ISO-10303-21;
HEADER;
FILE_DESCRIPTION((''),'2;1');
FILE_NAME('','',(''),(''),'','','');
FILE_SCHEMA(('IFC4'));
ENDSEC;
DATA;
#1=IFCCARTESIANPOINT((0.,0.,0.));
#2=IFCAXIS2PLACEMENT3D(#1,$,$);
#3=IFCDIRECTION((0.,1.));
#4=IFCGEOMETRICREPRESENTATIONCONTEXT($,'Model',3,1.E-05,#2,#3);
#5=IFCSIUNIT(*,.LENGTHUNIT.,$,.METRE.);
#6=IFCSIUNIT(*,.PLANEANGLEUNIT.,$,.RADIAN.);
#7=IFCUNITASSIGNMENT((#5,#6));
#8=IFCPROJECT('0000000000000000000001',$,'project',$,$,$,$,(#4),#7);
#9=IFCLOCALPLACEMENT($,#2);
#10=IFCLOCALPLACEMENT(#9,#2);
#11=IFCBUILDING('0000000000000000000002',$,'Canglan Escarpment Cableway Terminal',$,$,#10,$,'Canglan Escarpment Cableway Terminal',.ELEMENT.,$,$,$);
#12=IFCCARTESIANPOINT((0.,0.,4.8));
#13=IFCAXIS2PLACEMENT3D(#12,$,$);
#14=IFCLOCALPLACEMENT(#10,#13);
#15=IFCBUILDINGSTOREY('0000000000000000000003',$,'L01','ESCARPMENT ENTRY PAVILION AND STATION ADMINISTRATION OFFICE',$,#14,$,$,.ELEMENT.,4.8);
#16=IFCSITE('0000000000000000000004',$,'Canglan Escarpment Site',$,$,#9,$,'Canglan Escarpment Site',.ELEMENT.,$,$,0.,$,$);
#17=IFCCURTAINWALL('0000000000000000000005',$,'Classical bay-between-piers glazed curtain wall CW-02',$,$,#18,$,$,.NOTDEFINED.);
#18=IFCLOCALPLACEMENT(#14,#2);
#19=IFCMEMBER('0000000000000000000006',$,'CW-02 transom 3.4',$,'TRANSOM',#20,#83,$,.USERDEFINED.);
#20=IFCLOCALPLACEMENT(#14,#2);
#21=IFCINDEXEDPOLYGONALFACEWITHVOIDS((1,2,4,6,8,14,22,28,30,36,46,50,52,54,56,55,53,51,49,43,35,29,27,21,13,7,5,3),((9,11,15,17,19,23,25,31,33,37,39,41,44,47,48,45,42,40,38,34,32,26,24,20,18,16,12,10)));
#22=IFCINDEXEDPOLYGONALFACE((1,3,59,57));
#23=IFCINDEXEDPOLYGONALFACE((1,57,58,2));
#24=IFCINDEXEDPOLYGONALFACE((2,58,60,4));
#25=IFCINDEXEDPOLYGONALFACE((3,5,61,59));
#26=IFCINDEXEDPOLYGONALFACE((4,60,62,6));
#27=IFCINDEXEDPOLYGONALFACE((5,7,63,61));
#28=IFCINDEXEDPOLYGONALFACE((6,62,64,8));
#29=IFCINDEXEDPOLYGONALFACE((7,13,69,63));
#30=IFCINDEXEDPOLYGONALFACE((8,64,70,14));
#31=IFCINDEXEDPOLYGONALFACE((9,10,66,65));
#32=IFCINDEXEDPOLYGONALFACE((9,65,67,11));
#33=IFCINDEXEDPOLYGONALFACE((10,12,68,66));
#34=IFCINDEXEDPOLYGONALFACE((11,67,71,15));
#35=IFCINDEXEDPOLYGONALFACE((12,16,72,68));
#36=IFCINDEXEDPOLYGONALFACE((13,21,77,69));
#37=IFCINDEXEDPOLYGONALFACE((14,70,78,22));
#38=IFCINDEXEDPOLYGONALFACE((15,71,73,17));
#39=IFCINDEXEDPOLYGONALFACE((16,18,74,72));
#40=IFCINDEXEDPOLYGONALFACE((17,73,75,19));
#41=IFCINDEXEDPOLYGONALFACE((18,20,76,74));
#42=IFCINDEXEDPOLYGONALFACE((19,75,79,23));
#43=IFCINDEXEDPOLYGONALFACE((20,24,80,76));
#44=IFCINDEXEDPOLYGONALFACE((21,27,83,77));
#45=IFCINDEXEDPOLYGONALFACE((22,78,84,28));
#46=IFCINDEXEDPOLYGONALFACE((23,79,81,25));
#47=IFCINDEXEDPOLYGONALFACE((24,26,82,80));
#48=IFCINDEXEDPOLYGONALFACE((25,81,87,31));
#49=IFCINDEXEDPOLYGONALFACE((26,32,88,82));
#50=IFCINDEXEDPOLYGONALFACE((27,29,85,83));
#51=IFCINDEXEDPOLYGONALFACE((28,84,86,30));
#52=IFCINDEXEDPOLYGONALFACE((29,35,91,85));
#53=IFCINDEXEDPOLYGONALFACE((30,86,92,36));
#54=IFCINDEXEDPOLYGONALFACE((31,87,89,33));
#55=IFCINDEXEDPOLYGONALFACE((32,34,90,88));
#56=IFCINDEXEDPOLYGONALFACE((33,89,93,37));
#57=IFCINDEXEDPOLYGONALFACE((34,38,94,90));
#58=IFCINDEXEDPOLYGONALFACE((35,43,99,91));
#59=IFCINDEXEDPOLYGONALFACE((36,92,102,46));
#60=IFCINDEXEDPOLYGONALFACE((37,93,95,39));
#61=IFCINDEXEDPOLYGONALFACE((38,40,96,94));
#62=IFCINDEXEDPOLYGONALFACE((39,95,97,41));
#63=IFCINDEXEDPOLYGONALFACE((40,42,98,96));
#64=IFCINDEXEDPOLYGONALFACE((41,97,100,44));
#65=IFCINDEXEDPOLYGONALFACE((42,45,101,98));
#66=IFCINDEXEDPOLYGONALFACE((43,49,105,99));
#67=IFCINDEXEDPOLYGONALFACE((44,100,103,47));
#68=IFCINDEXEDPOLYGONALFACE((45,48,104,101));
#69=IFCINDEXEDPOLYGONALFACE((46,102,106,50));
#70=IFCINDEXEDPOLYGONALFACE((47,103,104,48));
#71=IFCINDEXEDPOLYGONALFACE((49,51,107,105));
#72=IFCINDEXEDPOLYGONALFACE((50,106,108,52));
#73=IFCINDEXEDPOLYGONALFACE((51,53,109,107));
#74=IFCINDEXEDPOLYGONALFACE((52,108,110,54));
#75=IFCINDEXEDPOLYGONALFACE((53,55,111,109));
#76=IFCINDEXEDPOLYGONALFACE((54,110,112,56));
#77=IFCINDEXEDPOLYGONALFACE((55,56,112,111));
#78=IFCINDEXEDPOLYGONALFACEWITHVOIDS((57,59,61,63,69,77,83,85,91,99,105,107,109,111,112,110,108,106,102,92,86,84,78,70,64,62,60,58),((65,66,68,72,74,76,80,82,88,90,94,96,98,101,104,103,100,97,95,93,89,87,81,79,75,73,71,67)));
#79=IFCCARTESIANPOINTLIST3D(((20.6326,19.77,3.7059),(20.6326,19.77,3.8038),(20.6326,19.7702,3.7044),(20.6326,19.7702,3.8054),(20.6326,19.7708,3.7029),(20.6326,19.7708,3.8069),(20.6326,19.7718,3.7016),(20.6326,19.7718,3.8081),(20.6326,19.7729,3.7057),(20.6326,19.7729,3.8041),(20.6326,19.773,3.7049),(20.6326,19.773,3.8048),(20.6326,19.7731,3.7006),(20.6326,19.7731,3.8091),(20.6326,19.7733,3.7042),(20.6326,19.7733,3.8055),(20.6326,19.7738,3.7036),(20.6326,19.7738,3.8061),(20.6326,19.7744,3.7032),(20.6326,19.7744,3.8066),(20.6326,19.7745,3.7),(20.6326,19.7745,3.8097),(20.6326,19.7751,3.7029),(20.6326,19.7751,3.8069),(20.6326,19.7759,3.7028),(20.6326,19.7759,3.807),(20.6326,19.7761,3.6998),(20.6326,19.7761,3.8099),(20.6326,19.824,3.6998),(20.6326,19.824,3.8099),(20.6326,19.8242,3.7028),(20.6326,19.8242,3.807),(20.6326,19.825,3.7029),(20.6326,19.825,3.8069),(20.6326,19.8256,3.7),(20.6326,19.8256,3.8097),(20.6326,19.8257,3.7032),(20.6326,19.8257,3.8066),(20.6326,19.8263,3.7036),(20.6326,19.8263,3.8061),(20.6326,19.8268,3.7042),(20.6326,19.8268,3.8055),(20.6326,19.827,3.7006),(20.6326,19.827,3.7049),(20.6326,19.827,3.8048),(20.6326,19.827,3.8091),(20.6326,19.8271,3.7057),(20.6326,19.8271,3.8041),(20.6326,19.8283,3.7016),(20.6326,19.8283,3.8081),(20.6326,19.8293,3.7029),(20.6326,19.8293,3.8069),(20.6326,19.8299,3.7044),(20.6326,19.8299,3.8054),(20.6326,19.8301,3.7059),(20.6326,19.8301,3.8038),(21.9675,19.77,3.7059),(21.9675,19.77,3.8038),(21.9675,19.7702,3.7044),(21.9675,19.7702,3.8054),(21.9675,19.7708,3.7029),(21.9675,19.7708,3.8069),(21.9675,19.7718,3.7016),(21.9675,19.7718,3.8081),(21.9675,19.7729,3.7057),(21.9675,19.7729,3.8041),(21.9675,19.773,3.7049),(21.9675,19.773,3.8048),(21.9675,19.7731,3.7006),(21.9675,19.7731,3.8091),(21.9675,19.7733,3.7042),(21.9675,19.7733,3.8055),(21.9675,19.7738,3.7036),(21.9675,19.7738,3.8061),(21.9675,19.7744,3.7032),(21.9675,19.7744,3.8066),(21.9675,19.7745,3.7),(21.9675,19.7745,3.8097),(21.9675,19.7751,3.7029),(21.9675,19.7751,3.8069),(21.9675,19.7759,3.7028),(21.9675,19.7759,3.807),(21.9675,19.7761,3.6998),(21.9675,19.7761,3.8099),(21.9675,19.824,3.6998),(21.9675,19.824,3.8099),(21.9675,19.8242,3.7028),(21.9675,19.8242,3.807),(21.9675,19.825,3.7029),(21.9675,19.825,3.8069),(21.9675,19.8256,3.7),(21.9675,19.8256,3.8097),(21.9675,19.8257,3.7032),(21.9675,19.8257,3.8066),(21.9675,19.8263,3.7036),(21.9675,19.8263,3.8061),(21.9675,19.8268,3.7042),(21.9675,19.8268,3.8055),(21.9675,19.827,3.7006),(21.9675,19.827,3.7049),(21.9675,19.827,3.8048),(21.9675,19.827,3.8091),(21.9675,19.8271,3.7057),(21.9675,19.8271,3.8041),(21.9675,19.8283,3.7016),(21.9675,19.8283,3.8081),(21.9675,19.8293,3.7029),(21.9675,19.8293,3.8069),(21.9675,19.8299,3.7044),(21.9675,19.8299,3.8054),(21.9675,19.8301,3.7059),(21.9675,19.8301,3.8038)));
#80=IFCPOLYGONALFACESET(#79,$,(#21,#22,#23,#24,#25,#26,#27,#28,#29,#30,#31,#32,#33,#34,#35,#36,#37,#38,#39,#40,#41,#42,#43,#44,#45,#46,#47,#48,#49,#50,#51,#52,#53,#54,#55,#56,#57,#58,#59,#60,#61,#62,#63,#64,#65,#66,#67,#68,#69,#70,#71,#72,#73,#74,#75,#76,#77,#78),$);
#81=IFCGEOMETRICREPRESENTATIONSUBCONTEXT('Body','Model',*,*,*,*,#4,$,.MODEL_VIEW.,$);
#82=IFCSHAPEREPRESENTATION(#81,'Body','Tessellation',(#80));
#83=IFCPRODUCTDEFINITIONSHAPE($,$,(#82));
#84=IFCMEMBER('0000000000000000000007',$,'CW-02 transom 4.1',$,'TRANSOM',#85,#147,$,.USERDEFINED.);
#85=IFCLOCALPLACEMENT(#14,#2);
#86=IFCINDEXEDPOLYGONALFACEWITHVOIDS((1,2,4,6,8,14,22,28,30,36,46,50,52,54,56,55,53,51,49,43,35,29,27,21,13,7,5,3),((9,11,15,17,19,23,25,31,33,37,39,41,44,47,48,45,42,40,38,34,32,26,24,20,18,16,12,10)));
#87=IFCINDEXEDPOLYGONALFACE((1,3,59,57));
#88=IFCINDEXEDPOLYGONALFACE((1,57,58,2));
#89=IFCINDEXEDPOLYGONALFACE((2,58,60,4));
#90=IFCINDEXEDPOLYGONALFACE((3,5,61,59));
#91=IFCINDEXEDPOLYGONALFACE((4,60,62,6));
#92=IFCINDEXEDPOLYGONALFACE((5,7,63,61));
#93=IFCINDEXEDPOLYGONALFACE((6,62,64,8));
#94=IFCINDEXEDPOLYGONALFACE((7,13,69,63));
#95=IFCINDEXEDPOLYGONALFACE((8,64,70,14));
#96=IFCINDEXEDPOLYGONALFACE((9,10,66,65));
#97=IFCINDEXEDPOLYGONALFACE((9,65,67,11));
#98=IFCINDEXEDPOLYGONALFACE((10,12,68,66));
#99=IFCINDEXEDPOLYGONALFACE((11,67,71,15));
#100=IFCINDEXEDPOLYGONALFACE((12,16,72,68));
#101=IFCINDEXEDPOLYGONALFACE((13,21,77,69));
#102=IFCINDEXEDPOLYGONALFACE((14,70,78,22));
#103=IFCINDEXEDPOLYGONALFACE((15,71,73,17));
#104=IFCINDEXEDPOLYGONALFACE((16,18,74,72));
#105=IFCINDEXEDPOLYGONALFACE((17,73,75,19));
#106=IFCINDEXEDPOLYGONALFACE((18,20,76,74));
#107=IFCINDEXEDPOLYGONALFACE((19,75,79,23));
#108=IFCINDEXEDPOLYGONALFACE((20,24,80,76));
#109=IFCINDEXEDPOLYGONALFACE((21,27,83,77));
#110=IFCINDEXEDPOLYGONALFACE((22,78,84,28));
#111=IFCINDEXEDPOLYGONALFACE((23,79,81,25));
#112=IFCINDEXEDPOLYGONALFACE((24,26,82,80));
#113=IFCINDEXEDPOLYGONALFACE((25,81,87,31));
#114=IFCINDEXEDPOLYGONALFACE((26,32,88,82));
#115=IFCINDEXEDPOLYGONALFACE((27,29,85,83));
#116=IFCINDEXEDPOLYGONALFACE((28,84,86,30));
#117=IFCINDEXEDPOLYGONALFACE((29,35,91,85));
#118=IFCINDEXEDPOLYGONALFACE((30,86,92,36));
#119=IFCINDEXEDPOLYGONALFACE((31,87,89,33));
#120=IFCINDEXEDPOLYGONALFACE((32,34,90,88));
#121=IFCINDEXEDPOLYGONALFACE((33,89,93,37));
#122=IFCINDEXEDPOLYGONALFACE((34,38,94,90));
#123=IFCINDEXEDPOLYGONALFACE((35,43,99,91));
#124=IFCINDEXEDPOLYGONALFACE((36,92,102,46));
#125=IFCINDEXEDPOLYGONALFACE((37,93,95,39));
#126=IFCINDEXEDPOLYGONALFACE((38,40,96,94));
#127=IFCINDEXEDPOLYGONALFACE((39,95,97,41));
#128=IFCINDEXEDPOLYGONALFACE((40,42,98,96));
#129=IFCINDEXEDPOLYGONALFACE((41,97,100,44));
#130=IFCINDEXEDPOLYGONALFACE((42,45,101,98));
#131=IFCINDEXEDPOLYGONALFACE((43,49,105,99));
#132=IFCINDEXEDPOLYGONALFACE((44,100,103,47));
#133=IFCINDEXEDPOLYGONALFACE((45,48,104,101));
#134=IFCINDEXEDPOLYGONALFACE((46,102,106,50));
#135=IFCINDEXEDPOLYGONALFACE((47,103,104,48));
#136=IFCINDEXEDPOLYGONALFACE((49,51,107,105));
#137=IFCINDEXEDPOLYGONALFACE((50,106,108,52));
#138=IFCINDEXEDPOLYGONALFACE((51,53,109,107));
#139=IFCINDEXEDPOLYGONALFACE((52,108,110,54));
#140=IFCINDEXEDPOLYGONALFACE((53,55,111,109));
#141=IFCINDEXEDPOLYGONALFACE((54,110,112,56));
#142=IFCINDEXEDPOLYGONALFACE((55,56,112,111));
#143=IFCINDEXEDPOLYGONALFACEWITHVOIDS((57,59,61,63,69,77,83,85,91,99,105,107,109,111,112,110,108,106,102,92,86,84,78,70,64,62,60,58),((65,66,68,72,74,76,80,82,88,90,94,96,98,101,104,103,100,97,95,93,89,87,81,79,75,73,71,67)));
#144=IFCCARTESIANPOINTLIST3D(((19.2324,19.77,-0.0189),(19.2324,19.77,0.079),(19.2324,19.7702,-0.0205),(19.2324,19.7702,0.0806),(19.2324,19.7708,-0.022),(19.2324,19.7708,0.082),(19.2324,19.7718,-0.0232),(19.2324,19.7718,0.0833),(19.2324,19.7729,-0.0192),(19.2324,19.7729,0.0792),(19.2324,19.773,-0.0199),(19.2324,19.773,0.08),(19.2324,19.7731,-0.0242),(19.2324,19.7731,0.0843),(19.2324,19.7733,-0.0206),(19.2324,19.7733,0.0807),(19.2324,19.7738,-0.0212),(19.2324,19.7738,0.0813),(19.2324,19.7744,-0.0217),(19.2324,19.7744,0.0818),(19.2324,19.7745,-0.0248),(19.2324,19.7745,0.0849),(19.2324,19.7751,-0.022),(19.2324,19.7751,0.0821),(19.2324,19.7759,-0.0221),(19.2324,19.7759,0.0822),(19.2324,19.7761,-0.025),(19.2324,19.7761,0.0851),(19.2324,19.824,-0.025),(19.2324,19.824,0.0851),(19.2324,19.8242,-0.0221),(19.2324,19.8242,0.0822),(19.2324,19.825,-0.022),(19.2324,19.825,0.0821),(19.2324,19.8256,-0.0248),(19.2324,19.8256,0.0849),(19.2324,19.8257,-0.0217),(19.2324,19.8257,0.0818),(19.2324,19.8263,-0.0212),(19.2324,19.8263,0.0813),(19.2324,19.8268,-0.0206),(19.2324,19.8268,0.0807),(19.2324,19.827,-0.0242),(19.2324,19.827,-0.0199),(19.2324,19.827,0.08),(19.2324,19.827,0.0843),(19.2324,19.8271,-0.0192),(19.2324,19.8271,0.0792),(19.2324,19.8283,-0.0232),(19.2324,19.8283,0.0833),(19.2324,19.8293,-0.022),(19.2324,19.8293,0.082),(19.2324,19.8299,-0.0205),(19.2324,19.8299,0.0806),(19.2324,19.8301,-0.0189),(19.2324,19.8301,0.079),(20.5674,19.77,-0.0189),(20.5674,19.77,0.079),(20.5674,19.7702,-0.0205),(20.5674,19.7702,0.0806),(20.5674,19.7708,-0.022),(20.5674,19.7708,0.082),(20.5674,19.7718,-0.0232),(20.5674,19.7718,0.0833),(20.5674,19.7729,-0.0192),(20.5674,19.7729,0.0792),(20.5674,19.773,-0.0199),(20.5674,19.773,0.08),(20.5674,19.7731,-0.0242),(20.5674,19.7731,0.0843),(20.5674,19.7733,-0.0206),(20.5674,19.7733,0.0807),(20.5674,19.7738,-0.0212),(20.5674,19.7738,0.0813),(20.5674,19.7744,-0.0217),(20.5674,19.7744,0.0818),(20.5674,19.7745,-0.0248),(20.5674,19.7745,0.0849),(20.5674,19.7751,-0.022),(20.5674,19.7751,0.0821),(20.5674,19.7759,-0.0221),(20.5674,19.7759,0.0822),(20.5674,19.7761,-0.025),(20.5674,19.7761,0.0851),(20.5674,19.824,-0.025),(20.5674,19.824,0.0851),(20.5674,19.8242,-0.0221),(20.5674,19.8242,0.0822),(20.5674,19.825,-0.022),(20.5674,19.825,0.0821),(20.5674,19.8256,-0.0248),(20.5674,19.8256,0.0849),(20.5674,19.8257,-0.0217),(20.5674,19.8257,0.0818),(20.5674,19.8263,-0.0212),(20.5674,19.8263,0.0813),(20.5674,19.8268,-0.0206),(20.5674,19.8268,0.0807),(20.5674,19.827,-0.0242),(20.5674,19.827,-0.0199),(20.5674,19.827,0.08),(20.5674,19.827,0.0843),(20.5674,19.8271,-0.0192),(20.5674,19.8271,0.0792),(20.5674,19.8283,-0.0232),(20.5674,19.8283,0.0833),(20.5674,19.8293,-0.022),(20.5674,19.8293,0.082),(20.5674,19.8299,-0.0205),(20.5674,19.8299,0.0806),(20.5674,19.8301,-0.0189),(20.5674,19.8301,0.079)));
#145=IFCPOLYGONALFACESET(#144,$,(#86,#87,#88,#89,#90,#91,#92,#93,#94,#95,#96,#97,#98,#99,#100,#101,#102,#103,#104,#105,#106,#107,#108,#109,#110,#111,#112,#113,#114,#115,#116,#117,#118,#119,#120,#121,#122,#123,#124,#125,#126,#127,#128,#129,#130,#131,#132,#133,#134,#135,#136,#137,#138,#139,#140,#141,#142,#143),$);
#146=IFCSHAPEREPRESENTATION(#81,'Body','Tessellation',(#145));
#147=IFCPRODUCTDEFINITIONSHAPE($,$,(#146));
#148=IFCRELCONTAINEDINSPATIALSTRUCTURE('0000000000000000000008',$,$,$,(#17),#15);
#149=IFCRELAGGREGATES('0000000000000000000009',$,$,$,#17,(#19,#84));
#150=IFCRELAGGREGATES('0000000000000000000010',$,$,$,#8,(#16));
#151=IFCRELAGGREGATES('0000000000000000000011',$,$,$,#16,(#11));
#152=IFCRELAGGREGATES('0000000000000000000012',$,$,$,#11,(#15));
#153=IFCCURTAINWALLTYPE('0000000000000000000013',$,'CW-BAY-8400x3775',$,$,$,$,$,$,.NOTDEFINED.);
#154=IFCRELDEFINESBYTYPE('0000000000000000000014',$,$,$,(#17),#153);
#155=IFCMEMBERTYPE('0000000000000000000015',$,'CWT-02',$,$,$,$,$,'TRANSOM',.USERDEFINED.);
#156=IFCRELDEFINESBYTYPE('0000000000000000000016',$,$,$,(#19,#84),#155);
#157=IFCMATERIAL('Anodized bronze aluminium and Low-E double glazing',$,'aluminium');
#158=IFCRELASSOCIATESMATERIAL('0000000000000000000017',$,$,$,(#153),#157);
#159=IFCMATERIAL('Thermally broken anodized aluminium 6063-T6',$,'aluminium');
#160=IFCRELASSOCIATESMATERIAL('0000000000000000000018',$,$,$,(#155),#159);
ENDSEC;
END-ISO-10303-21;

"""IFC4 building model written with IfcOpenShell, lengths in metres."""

from ifc_helpers import new_model, si_unit, direction, frame, origin, origin_2d, place, context, subcontext, project, spatial, hollow_rectangle, extrude, material, material_profile, profile_set, type_object, element, aggregate, save


model = new_model("IFC4")

# Units and contexts
model_context = context("Model", 3, precision=1e-05, world=origin(), true_north=direction((0.0, 1.0)))
body_context = subcontext(model_context, "Body", "Model", "MODEL_VIEW")
ifc_project = project(units=[si_unit("LENGTHUNIT", "METRE"), si_unit("PLANEANGLEUNIT", "RADIAN")], contexts=[model_context])

# Site, building, storey
site_placement = place(None, origin())
site = spatial("IfcSite", under=ifc_project, at=site_placement, Name="Canglan Escarpment Site", LongName="Canglan Escarpment Site", CompositionType="ELEMENT", RefElevation=0.0)
building_placement = place(site_placement, origin())
building = spatial("IfcBuilding", under=site, at=building_placement, Name="Canglan Escarpment Cableway Terminal", LongName="Canglan Escarpment Cableway Terminal", CompositionType="ELEMENT")
storey_placement = place(building_placement, frame((0.0, 0.0, 4.8)))
storey = spatial("IfcBuildingStorey", under=building, at=storey_placement, Name="L01", Description="ESCARPMENT ENTRY PAVILION AND STATION ADMINISTRATION OFFICE", CompositionType="ELEMENT", Elevation=4.8)

# Curtain wall, members
ifc_material_1 = material(Name="Anodized bronze aluminium and Low-E double glazing", Category="aluminium")
curtain_wall_type = type_object("IfcCurtainWallType", Name="CW-BAY-8400x3775", PredefinedType="NOTDEFINED", material=ifc_material_1)
curtain_wall_placement = place(storey_placement, origin())
curtain_wall = element("IfcCurtainWall", 1, at=curtain_wall_placement, inside=storey, type_object=curtain_wall_type, Name="Classical bay-between-piers glazed curtain wall CW-02", PredefinedType="NOTDEFINED")
ifc_material_2 = material(Name="Thermally broken anodized aluminium 6063-T6", Category="aluminium")
ifc_material_profile_1 = material_profile(ifc_material_2, hollow_rectangle(XDim=0.0601, YDim=0.1101, WallThickness=0.0029, InnerFilletRadius=0.0029, OuterFilletRadius=0.0061, at=origin_2d()), Name="ALU-TRAN 60x110x3")
ifc_profile_set_1 = profile_set([ifc_material_profile_1], Name="Thermally broken anodized aluminium 6063-T6")
member_type_1 = type_object("IfcMemberType", Name="CWT-02", ElementType="TRANSOM", PredefinedType="USERDEFINED", material=ifc_profile_set_1)
member_1_placement = place(storey_placement, frame((21.9675, 19.8, 3.7549), z_axis=(-1.0, 0.0, 0.0), x_axis=(0.0, -1.0, 0.0)))
member_1 = element("IfcMember", 2, at=member_1_placement, type_object=member_type_1, Name="CW-02 transom 3.4", ObjectType="TRANSOM", PredefinedType="USERDEFINED", context=body_context, shape_type="SweptSolid", body=[
    extrude(hollow_rectangle(XDim=0.0601, YDim=0.1101, WallThickness=0.0029, InnerFilletRadius=0.0029, OuterFilletRadius=0.0061, at=origin_2d()), origin(), (0.0, 0.0, 1.0), 1.335),
])
member_2_placement = place(storey_placement, frame((20.5674, 19.8, 0.03), z_axis=(-1.0, 0.0, 0.0), x_axis=(0.0, -1.0, 0.0)))
member_2 = element("IfcMember", 3, at=member_2_placement, type_object=member_type_1, Name="CW-02 transom 4.1", ObjectType="TRANSOM", PredefinedType="USERDEFINED", context=body_context, shape_type="SweptSolid", body=[
    extrude(hollow_rectangle(XDim=0.0601, YDim=0.1101, WallThickness=0.0029, InnerFilletRadius=0.0029, OuterFilletRadius=0.0061, at=origin_2d()), origin(), (0.0, 0.0, 1.0), 1.335),
])

aggregate(curtain_wall, [member_1, member_2])

save(model, "model.ifc")
